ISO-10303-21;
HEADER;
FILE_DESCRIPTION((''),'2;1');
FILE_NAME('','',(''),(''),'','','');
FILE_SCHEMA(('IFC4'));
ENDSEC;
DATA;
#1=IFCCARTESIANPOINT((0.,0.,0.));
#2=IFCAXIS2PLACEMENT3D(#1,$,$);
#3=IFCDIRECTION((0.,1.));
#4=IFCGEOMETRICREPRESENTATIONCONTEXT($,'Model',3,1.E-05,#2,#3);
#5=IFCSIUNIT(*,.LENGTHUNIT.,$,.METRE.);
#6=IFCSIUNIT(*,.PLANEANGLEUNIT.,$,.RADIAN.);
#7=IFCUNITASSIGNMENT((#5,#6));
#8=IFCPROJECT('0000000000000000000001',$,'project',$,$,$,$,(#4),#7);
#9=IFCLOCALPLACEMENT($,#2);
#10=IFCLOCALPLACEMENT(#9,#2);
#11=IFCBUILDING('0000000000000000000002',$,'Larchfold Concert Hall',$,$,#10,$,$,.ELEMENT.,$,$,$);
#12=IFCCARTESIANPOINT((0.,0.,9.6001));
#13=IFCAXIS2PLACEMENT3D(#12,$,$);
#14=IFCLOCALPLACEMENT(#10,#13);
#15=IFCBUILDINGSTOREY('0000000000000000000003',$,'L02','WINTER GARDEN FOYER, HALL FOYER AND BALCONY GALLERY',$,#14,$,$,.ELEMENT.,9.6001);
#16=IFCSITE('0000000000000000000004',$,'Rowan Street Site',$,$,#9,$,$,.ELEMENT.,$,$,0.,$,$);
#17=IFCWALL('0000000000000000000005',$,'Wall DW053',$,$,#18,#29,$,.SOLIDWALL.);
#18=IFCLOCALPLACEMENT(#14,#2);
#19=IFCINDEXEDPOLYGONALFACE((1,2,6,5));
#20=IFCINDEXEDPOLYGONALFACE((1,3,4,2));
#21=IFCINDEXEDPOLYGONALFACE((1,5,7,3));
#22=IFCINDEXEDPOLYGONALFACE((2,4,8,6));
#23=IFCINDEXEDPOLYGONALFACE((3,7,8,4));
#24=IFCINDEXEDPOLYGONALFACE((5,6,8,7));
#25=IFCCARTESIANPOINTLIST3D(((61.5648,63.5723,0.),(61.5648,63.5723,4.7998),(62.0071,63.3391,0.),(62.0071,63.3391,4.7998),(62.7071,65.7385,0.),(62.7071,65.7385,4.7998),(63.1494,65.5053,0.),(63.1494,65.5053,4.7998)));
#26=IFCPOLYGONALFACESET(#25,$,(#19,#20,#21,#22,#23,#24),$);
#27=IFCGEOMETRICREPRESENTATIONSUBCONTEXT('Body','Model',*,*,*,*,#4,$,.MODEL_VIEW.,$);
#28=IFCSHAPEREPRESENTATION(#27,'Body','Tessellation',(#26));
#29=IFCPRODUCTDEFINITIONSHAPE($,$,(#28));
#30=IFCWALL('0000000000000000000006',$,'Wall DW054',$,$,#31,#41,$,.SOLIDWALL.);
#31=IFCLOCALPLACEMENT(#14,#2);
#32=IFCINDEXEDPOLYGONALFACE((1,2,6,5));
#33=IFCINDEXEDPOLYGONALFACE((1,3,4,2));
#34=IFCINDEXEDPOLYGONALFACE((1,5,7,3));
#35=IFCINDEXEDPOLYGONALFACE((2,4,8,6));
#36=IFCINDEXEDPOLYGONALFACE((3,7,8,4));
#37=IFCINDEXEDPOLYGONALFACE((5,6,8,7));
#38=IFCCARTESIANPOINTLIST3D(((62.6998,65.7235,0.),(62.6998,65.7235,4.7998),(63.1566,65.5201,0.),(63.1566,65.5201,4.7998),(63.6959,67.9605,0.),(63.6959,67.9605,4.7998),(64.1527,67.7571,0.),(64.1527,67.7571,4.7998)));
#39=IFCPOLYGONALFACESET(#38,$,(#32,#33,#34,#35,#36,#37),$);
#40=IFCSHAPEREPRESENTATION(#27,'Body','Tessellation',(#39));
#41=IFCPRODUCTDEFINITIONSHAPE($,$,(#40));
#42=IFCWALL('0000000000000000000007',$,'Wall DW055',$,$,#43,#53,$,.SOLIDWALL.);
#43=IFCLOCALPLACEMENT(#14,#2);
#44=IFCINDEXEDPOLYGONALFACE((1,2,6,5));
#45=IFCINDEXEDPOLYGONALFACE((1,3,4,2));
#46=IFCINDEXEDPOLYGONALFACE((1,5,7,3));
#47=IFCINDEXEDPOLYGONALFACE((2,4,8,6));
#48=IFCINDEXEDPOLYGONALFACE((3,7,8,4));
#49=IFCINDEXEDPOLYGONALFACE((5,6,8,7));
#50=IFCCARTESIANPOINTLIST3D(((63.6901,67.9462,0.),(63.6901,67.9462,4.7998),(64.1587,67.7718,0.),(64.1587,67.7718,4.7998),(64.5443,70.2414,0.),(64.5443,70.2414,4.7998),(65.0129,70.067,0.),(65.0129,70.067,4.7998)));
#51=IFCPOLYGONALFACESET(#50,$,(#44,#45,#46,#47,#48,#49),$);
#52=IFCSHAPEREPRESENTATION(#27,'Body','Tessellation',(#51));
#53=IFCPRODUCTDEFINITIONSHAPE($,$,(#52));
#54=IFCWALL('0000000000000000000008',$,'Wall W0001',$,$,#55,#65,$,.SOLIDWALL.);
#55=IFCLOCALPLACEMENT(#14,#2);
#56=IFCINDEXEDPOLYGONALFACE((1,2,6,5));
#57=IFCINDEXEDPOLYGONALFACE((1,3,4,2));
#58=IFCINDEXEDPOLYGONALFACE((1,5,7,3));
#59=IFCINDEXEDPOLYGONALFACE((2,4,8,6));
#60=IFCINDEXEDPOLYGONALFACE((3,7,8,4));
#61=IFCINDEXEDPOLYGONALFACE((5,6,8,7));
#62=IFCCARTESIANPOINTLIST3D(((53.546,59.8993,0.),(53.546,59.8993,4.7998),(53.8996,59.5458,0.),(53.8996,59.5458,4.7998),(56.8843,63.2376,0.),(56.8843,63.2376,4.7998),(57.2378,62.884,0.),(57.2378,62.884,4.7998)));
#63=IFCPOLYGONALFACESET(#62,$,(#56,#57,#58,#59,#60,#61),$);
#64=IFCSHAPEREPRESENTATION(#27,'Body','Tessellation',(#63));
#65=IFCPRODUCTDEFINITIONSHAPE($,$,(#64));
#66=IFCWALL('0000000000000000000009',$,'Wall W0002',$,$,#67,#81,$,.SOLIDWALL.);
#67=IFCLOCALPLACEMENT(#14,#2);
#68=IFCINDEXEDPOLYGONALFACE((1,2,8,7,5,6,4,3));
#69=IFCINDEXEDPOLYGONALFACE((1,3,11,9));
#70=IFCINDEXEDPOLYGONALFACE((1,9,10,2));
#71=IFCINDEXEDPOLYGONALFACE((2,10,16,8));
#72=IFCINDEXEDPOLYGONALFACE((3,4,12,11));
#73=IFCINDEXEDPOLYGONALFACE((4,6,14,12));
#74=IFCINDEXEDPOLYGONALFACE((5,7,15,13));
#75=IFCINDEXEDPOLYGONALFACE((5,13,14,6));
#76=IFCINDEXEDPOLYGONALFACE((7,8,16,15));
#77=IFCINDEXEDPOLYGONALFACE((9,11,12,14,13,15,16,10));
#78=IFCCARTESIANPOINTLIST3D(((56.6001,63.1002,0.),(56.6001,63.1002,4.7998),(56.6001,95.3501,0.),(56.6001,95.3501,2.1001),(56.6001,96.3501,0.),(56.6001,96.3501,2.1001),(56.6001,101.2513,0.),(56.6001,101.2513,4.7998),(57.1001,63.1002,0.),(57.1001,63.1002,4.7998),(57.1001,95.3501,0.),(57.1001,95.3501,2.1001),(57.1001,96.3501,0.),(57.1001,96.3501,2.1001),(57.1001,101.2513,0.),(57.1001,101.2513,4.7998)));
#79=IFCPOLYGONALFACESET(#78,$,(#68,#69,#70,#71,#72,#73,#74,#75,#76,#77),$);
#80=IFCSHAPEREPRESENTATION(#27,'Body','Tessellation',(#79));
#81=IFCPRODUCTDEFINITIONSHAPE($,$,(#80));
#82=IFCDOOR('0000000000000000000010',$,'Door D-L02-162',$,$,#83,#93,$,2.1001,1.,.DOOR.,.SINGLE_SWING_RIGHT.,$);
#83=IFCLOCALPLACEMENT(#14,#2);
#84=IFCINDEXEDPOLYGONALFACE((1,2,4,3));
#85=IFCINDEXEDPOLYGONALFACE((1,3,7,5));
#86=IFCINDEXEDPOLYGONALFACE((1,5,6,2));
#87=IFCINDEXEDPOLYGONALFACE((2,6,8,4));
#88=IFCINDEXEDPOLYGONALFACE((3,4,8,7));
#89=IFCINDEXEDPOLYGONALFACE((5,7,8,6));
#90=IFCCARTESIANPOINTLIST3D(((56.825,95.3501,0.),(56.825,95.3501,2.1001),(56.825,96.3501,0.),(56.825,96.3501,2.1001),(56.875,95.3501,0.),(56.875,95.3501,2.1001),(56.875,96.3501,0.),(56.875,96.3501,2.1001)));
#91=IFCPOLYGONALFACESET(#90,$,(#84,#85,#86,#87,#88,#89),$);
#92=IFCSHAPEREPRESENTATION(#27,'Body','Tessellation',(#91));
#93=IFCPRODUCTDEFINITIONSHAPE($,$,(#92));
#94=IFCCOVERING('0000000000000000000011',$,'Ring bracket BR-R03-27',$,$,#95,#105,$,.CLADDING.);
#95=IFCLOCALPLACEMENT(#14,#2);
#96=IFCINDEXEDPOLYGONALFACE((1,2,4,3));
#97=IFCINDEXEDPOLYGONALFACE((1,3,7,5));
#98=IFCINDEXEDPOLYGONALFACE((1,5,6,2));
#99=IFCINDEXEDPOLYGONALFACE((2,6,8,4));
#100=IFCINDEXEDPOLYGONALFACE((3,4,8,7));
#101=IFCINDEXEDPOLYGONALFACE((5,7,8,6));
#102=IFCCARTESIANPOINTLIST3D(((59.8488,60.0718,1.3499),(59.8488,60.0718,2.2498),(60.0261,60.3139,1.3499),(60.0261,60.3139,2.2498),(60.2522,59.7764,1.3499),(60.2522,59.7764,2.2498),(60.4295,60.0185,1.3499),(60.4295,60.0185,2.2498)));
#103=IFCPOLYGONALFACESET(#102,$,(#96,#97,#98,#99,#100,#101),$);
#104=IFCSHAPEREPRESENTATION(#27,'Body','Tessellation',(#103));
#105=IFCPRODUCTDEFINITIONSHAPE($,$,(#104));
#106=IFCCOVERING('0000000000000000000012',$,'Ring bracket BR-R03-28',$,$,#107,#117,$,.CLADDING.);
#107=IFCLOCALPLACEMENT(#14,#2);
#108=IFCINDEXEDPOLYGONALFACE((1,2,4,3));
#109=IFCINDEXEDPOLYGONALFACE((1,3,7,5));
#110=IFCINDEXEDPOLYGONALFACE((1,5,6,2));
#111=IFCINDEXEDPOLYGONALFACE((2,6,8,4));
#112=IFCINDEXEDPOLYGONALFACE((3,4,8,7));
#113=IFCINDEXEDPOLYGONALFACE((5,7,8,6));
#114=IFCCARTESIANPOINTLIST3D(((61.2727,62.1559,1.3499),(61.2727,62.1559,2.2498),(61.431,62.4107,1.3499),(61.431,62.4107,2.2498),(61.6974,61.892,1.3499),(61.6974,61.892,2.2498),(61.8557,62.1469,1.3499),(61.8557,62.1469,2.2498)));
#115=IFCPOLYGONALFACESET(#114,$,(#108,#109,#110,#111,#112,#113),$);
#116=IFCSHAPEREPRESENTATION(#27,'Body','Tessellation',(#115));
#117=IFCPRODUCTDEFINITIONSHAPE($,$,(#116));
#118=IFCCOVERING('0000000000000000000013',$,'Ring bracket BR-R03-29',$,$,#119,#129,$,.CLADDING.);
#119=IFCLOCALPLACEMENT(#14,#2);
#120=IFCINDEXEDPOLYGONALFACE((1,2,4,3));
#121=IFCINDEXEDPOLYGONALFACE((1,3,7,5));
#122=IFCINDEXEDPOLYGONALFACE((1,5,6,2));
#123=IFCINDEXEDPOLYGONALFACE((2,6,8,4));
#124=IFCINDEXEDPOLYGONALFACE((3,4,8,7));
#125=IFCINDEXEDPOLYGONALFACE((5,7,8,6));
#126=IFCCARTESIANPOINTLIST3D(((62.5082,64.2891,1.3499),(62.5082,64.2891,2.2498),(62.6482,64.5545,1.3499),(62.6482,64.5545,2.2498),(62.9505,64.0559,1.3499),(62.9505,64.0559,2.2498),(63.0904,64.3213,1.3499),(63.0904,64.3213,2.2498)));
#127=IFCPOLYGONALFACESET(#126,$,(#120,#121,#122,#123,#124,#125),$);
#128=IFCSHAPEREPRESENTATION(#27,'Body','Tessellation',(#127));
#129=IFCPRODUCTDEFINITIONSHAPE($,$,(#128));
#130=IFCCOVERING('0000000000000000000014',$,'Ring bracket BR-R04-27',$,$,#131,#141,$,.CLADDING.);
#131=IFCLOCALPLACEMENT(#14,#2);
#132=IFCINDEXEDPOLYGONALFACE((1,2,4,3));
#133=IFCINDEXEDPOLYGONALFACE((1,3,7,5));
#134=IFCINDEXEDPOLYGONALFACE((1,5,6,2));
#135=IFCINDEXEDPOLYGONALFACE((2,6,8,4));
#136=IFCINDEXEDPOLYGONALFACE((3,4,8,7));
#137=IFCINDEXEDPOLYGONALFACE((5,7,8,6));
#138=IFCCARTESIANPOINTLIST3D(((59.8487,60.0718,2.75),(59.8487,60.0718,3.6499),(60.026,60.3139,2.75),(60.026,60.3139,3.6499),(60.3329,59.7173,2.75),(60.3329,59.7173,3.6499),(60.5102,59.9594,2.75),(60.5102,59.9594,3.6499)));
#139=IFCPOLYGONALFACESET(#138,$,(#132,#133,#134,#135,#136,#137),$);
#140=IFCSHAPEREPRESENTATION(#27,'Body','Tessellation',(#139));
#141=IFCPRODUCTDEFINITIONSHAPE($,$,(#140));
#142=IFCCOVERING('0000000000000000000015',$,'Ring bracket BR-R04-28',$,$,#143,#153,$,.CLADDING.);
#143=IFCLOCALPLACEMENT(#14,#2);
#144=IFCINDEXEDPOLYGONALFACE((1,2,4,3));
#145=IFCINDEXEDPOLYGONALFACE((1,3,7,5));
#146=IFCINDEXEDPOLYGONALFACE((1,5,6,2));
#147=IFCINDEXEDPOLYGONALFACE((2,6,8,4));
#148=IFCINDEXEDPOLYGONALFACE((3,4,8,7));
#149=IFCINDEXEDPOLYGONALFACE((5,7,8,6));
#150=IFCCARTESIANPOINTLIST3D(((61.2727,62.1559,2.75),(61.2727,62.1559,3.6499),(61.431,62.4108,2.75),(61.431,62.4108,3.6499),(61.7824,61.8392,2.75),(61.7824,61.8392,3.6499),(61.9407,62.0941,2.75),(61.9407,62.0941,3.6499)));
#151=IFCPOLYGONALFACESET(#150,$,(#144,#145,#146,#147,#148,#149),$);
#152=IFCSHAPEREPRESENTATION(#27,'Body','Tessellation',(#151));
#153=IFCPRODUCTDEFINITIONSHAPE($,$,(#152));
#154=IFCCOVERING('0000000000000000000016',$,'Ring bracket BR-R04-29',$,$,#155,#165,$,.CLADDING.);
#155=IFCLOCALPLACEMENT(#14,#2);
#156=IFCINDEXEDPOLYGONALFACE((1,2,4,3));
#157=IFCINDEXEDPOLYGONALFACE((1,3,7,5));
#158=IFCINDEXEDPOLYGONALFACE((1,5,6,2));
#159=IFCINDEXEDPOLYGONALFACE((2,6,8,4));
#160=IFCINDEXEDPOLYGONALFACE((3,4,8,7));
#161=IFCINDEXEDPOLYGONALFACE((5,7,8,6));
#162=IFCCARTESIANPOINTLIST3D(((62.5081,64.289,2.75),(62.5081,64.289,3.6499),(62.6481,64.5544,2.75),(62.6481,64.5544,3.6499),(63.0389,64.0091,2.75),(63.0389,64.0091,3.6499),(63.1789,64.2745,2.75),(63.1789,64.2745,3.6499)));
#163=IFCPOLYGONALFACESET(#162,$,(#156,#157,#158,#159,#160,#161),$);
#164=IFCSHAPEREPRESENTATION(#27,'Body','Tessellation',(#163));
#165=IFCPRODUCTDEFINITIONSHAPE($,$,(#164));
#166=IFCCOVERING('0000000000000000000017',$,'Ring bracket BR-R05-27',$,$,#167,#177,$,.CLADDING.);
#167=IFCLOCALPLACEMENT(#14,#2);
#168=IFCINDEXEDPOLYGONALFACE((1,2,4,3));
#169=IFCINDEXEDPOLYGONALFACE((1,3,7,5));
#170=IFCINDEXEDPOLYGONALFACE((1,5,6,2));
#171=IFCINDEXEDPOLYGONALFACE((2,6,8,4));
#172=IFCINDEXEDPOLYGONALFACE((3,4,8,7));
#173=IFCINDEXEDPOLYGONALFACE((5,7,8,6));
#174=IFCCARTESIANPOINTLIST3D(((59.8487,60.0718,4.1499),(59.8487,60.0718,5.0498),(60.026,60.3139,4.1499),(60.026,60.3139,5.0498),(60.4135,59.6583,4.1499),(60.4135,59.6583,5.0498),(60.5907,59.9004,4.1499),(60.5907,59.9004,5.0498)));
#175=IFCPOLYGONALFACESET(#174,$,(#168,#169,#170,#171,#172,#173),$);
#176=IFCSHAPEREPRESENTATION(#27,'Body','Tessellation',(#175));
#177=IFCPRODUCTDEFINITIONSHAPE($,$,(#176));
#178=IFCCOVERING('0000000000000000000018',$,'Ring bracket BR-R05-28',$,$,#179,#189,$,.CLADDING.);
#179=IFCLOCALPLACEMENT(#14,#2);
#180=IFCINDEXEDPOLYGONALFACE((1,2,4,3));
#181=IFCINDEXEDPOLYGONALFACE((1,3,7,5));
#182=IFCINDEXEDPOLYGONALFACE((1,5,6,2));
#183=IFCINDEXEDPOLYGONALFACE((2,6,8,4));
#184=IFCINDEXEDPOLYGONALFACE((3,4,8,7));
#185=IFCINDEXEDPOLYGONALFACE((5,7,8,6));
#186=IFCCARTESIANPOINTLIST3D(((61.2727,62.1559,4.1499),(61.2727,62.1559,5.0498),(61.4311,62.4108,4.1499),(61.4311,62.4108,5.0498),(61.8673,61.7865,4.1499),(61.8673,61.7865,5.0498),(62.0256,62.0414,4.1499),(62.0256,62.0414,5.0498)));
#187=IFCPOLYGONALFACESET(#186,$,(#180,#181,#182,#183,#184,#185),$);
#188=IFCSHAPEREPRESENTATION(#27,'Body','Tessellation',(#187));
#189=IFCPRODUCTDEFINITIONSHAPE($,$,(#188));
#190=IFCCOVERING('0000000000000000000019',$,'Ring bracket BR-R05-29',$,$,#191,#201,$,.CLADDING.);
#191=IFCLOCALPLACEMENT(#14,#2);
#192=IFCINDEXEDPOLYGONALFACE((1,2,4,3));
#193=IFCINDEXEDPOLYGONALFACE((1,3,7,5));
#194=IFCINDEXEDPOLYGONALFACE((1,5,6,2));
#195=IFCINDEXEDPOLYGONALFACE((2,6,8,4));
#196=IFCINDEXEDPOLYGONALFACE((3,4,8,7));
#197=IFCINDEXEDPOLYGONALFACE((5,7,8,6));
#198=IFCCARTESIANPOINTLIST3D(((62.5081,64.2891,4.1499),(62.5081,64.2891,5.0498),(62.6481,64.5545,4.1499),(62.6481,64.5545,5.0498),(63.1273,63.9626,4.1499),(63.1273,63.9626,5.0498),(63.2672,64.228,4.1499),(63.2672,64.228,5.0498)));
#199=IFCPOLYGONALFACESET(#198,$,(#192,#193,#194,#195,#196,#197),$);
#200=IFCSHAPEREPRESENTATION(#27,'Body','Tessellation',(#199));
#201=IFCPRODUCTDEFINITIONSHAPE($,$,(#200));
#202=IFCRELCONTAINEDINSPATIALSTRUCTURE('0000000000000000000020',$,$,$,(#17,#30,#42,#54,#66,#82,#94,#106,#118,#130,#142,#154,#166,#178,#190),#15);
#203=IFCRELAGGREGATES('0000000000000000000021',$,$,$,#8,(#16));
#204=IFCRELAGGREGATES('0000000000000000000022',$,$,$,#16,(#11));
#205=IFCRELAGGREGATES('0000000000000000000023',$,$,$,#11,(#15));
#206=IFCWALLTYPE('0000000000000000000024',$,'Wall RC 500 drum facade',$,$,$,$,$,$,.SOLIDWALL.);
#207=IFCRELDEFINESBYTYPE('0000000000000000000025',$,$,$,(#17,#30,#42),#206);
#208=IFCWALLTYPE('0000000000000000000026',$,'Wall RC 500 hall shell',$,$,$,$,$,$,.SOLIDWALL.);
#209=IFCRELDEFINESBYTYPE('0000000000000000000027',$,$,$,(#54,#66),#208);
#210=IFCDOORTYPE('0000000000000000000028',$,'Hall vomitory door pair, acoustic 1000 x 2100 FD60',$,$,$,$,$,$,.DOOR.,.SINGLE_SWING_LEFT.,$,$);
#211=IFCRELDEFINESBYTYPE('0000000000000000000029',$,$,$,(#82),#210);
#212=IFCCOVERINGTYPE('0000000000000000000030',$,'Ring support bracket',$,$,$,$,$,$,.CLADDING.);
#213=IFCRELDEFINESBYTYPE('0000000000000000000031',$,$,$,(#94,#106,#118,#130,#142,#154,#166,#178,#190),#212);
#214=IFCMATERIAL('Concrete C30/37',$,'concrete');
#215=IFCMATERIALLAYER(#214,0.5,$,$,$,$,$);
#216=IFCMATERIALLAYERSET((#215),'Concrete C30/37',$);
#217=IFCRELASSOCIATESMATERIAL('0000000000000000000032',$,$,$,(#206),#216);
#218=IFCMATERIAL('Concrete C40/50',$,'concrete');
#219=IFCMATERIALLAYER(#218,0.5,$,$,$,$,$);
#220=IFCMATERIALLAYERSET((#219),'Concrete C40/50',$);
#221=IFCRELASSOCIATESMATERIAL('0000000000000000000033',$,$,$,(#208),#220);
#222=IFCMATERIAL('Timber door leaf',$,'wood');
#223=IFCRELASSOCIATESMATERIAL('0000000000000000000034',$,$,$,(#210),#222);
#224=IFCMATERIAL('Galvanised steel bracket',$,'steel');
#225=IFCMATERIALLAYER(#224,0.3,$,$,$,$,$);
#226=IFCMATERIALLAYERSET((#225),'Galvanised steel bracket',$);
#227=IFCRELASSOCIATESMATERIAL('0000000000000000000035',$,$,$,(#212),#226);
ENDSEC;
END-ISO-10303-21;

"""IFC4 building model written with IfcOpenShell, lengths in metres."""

from ifc_helpers import new_model, si_unit, direction, frame, frame_2d, origin, origin_2d, place, context, subcontext, project, spatial, rectangle, extrude, material, layer, layer_set, type_object, element, fill, save


model = new_model("IFC4")

# Units and contexts
model_context = context("Model", 3, precision=1e-05, world=origin(), true_north=direction((0.0, 1.0)))
body_context = subcontext(model_context, "Body", "Model", "MODEL_VIEW")
ifc_project = project(units=[si_unit("LENGTHUNIT", "METRE"), si_unit("PLANEANGLEUNIT", "RADIAN")], contexts=[model_context])

# Site, building, storey
site_placement = place(None, origin())
site = spatial("IfcSite", under=ifc_project, at=site_placement, Name="Rowan Street Site", CompositionType="ELEMENT", RefElevation=0.0)
building_placement = place(site_placement, origin())
building = spatial("IfcBuilding", under=site, at=building_placement, Name="Larchfold Concert Hall", CompositionType="ELEMENT")
storey_placement = place(building_placement, frame((0.0, 0.0, 9.6001)))
storey = spatial("IfcBuildingStorey", under=building, at=storey_placement, Name="L02", Description="WINTER GARDEN FOYER, HALL FOYER AND BALCONY GALLERY", CompositionType="ELEMENT", Elevation=9.6001)

# Walls
ifc_material_1 = material(Name="Concrete C30/37", Category="concrete")
ifc_layer_1 = layer(ifc_material_1, 0.5)
ifc_layer_set_1 = layer_set([ifc_layer_1], Name="Concrete C30/37")
wall_type_1 = type_object("IfcWallType", Name="Wall RC 500 drum facade", PredefinedType="SOLIDWALL", material=ifc_layer_set_1)
wall_1_placement = place(storey_placement, frame((61.7859, 63.4556, 0.0), z_axis=(0.0, 0.0, 1.0), x_axis=(0.466449, 0.884548, 0.0)))
element("IfcWall", 1, at=wall_1_placement, inside=storey, type_object=wall_type_1, Name="Wall DW053", PredefinedType="SOLIDWALL", context=body_context, shape_type="SweptSolid", body=[
    extrude(rectangle(XDim=2.449, YDim=0.5, at=frame_2d((1.2246, 0.0))), origin(), (0.0, 0.0, 1.0), 4.7998),
])
wall_2_placement = place(storey_placement, frame((62.9282, 65.6218, 0.0), z_axis=(0.0, 0.0, 1.0), x_axis=(0.406767, 0.913532, 0.0)))
element("IfcWall", 2, at=wall_2_placement, inside=storey, type_object=wall_type_1, Name="Wall DW054", PredefinedType="SOLIDWALL", context=body_context, shape_type="SweptSolid", body=[
    extrude(rectangle(XDim=2.4487, YDim=0.5, at=frame_2d((1.2244, 0.0))), origin(), (0.0, 0.0, 1.0), 4.7998),
])
wall_3_placement = place(storey_placement, frame((63.9243, 67.8589, 0.0), z_axis=(0.0, 0.0, 1.0), x_axis=(0.348817, 0.937191, 0.0)))
element("IfcWall", 3, at=wall_3_placement, inside=storey, type_object=wall_type_1, Name="Wall DW055", PredefinedType="SOLIDWALL", context=body_context, shape_type="SweptSolid", body=[
    extrude(rectangle(XDim=2.449, YDim=0.5, at=frame_2d((1.2246, 0.0))), origin(), (0.0, 0.0, 1.0), 4.7998),
])
ifc_material_2 = material(Name="Concrete C40/50", Category="concrete")
ifc_layer_2 = layer(ifc_material_2, 0.5)
ifc_layer_set_2 = layer_set([ifc_layer_2], Name="Concrete C40/50")
wall_type_2 = type_object("IfcWallType", Name="Wall RC 500 hall shell", PredefinedType="SOLIDWALL", material=ifc_layer_set_2)
wall_4_placement = place(storey_placement, frame((53.7229, 59.7227, 0.0), z_axis=(0.0, 0.0, 1.0), x_axis=(0.707107, 0.707107, 0.0)))
element("IfcWall", 4, at=wall_4_placement, inside=storey, type_object=wall_type_2, Name="Wall W0001", PredefinedType="SOLIDWALL", context=body_context, shape_type="SweptSolid", body=[
    extrude(rectangle(XDim=4.7209, YDim=0.5, at=frame_2d((2.3604, 0.0))), origin(), (0.0, 0.0, 1.0), 4.7998),
])

# Wall, opening, door
wall_5_placement = place(storey_placement, frame((56.8501, 63.1001, 0.0), z_axis=(0.0, 0.0, 1.0), x_axis=(0.0, 1.0, 0.0)))
wall_5 = element("IfcWall", 5, at=wall_5_placement, inside=storey, type_object=wall_type_2, Name="Wall W0002", PredefinedType="SOLIDWALL", context=body_context, shape_type="SweptSolid", body=[
    extrude(rectangle(XDim=38.1511, YDim=0.5, at=frame_2d((19.0757, 0.0))), origin(), (0.0, 0.0, 1.0), 4.7998),
])
opening_placement = place(wall_5_placement, frame((33.25, 0.0, 0.0), z_axis=(0.0, 0.0, 1.0), x_axis=(-1.0, 0.0, 0.0)))
opening = element("IfcOpeningElement", 6, at=opening_placement, cuts=wall_5, PredefinedType="OPENING", context=body_context, shape_type="SweptSolid", body=[
    extrude(rectangle(XDim=1.0, YDim=2.1001, at=frame_2d((0.5, 1.05))), frame((0.0, 0.26, 0.0), z_axis=(0.0, -1.0, 0.0), x_axis=(1.0, 0.0, 0.0)), (0.0, 0.0, 1.0), 0.52),
])
ifc_material_3 = material(Name="Timber door leaf", Category="wood")
door_type = type_object("IfcDoorType", Name="Hall vomitory door pair, acoustic 1000 x 2100 FD60", OperationType="SINGLE_SWING_LEFT", PredefinedType="DOOR", material=ifc_material_3)
door_placement = place(opening_placement, origin())
door = element("IfcDoor", 7, at=door_placement, inside=storey, type_object=door_type, Name="Door D-L02-162", OperationType="SINGLE_SWING_RIGHT", OverallHeight=2.1001, OverallWidth=1.0, PredefinedType="DOOR", context=body_context, shape_type="SweptSolid", body=[
    extrude(rectangle(XDim=1.0, YDim=2.1001, at=frame_2d((0.5, 1.05))), frame((0.0, 0.0249, 0.0), z_axis=(0.0, -1.0, 0.0), x_axis=(1.0, 0.0, 0.0)), (0.0, 0.0, 1.0), 0.05),
])
fill(opening, door)

# Coverings
ifc_material_4 = material(Name="Galvanised steel bracket", Category="steel")
ifc_layer_3 = layer(ifc_material_4, 0.3)
ifc_layer_set_3 = layer_set([ifc_layer_3], Name="Galvanised steel bracket")
covering_type = type_object("IfcCoveringType", Name="Ring support bracket", PredefinedType="CLADDING", material=ifc_layer_set_3)
for number, where, z_axis, x_axis, name in (
    (8, (60.1392, 60.0452, 1.3499), (0.0, 0.0, 1.0), (0.806849, -0.590758, 0.0), "Ring bracket BR-R03-27"),
    (9, (61.5642, 62.1514, 1.3499), (0.0, 0.0, 1.0), (0.849391, -0.527764, 0.0), "Ring bracket BR-R03-28"),
    (10, (62.7993, 64.3052, 1.3499), (0.0, 0.0, 1.0), (0.884536, -0.466473, 0.0), "Ring bracket BR-R03-29"),
):
    element("IfcCovering", number, at=place(storey_placement, frame(where, z_axis=z_axis, x_axis=x_axis)), inside=storey, type_object=covering_type, Name=name, PredefinedType="CLADDING", context=body_context, shape_type="SweptSolid", body=[
        extrude(rectangle(XDim=0.5, YDim=0.3, at=origin_2d()), origin(), (0.0, 0.0, 1.0), 0.8999),
    ])
for number, where, z_axis, x_axis, name in (
    (11, (60.1794, 60.0156, 2.75), (0.0, 0.0, 1.0), (0.806849, -0.590758, 0.0), "Ring bracket BR-R04-27"),
    (12, (61.6067, 62.125, 2.75), (0.0, 0.0, 1.0), (0.849391, -0.527764, 0.0), "Ring bracket BR-R04-28"),
    (13, (62.8435, 64.2817, 2.75), (0.0, 0.0, 1.0), (0.884536, -0.466473, 0.0), "Ring bracket BR-R04-29"),
):
    element("IfcCovering", number, at=place(storey_placement, frame(where, z_axis=z_axis, x_axis=x_axis)), inside=storey, type_object=covering_type, Name=name, PredefinedType="CLADDING", context=body_context, shape_type="SweptSolid", body=[
        extrude(rectangle(XDim=0.6001, YDim=0.3, at=origin_2d()), origin(), (0.0, 0.0, 1.0), 0.8999),
    ])
for number, where, z_axis, x_axis, name in (
    (14, (60.2197, 59.9861, 4.1499), (0.0, 0.0, 1.0), (0.806849, -0.590758, 0.0), "Ring bracket BR-R05-27"),
    (15, (61.6492, 62.0986, 4.1499), (0.0, 0.0, 1.0), (0.849391, -0.527764, 0.0), "Ring bracket BR-R05-28"),
    (16, (62.8877, 64.2585, 4.1499), (0.0, 0.0, 1.0), (0.884536, -0.466473, 0.0), "Ring bracket BR-R05-29"),
):
    element("IfcCovering", number, at=place(storey_placement, frame(where, z_axis=z_axis, x_axis=x_axis)), inside=storey, type_object=covering_type, Name=name, PredefinedType="CLADDING", context=body_context, shape_type="SweptSolid", body=[
        extrude(rectangle(XDim=0.7, YDim=0.3, at=origin_2d()), origin(), (0.0, 0.0, 1.0), 0.8999),
    ])

save(model, "model.ifc")
